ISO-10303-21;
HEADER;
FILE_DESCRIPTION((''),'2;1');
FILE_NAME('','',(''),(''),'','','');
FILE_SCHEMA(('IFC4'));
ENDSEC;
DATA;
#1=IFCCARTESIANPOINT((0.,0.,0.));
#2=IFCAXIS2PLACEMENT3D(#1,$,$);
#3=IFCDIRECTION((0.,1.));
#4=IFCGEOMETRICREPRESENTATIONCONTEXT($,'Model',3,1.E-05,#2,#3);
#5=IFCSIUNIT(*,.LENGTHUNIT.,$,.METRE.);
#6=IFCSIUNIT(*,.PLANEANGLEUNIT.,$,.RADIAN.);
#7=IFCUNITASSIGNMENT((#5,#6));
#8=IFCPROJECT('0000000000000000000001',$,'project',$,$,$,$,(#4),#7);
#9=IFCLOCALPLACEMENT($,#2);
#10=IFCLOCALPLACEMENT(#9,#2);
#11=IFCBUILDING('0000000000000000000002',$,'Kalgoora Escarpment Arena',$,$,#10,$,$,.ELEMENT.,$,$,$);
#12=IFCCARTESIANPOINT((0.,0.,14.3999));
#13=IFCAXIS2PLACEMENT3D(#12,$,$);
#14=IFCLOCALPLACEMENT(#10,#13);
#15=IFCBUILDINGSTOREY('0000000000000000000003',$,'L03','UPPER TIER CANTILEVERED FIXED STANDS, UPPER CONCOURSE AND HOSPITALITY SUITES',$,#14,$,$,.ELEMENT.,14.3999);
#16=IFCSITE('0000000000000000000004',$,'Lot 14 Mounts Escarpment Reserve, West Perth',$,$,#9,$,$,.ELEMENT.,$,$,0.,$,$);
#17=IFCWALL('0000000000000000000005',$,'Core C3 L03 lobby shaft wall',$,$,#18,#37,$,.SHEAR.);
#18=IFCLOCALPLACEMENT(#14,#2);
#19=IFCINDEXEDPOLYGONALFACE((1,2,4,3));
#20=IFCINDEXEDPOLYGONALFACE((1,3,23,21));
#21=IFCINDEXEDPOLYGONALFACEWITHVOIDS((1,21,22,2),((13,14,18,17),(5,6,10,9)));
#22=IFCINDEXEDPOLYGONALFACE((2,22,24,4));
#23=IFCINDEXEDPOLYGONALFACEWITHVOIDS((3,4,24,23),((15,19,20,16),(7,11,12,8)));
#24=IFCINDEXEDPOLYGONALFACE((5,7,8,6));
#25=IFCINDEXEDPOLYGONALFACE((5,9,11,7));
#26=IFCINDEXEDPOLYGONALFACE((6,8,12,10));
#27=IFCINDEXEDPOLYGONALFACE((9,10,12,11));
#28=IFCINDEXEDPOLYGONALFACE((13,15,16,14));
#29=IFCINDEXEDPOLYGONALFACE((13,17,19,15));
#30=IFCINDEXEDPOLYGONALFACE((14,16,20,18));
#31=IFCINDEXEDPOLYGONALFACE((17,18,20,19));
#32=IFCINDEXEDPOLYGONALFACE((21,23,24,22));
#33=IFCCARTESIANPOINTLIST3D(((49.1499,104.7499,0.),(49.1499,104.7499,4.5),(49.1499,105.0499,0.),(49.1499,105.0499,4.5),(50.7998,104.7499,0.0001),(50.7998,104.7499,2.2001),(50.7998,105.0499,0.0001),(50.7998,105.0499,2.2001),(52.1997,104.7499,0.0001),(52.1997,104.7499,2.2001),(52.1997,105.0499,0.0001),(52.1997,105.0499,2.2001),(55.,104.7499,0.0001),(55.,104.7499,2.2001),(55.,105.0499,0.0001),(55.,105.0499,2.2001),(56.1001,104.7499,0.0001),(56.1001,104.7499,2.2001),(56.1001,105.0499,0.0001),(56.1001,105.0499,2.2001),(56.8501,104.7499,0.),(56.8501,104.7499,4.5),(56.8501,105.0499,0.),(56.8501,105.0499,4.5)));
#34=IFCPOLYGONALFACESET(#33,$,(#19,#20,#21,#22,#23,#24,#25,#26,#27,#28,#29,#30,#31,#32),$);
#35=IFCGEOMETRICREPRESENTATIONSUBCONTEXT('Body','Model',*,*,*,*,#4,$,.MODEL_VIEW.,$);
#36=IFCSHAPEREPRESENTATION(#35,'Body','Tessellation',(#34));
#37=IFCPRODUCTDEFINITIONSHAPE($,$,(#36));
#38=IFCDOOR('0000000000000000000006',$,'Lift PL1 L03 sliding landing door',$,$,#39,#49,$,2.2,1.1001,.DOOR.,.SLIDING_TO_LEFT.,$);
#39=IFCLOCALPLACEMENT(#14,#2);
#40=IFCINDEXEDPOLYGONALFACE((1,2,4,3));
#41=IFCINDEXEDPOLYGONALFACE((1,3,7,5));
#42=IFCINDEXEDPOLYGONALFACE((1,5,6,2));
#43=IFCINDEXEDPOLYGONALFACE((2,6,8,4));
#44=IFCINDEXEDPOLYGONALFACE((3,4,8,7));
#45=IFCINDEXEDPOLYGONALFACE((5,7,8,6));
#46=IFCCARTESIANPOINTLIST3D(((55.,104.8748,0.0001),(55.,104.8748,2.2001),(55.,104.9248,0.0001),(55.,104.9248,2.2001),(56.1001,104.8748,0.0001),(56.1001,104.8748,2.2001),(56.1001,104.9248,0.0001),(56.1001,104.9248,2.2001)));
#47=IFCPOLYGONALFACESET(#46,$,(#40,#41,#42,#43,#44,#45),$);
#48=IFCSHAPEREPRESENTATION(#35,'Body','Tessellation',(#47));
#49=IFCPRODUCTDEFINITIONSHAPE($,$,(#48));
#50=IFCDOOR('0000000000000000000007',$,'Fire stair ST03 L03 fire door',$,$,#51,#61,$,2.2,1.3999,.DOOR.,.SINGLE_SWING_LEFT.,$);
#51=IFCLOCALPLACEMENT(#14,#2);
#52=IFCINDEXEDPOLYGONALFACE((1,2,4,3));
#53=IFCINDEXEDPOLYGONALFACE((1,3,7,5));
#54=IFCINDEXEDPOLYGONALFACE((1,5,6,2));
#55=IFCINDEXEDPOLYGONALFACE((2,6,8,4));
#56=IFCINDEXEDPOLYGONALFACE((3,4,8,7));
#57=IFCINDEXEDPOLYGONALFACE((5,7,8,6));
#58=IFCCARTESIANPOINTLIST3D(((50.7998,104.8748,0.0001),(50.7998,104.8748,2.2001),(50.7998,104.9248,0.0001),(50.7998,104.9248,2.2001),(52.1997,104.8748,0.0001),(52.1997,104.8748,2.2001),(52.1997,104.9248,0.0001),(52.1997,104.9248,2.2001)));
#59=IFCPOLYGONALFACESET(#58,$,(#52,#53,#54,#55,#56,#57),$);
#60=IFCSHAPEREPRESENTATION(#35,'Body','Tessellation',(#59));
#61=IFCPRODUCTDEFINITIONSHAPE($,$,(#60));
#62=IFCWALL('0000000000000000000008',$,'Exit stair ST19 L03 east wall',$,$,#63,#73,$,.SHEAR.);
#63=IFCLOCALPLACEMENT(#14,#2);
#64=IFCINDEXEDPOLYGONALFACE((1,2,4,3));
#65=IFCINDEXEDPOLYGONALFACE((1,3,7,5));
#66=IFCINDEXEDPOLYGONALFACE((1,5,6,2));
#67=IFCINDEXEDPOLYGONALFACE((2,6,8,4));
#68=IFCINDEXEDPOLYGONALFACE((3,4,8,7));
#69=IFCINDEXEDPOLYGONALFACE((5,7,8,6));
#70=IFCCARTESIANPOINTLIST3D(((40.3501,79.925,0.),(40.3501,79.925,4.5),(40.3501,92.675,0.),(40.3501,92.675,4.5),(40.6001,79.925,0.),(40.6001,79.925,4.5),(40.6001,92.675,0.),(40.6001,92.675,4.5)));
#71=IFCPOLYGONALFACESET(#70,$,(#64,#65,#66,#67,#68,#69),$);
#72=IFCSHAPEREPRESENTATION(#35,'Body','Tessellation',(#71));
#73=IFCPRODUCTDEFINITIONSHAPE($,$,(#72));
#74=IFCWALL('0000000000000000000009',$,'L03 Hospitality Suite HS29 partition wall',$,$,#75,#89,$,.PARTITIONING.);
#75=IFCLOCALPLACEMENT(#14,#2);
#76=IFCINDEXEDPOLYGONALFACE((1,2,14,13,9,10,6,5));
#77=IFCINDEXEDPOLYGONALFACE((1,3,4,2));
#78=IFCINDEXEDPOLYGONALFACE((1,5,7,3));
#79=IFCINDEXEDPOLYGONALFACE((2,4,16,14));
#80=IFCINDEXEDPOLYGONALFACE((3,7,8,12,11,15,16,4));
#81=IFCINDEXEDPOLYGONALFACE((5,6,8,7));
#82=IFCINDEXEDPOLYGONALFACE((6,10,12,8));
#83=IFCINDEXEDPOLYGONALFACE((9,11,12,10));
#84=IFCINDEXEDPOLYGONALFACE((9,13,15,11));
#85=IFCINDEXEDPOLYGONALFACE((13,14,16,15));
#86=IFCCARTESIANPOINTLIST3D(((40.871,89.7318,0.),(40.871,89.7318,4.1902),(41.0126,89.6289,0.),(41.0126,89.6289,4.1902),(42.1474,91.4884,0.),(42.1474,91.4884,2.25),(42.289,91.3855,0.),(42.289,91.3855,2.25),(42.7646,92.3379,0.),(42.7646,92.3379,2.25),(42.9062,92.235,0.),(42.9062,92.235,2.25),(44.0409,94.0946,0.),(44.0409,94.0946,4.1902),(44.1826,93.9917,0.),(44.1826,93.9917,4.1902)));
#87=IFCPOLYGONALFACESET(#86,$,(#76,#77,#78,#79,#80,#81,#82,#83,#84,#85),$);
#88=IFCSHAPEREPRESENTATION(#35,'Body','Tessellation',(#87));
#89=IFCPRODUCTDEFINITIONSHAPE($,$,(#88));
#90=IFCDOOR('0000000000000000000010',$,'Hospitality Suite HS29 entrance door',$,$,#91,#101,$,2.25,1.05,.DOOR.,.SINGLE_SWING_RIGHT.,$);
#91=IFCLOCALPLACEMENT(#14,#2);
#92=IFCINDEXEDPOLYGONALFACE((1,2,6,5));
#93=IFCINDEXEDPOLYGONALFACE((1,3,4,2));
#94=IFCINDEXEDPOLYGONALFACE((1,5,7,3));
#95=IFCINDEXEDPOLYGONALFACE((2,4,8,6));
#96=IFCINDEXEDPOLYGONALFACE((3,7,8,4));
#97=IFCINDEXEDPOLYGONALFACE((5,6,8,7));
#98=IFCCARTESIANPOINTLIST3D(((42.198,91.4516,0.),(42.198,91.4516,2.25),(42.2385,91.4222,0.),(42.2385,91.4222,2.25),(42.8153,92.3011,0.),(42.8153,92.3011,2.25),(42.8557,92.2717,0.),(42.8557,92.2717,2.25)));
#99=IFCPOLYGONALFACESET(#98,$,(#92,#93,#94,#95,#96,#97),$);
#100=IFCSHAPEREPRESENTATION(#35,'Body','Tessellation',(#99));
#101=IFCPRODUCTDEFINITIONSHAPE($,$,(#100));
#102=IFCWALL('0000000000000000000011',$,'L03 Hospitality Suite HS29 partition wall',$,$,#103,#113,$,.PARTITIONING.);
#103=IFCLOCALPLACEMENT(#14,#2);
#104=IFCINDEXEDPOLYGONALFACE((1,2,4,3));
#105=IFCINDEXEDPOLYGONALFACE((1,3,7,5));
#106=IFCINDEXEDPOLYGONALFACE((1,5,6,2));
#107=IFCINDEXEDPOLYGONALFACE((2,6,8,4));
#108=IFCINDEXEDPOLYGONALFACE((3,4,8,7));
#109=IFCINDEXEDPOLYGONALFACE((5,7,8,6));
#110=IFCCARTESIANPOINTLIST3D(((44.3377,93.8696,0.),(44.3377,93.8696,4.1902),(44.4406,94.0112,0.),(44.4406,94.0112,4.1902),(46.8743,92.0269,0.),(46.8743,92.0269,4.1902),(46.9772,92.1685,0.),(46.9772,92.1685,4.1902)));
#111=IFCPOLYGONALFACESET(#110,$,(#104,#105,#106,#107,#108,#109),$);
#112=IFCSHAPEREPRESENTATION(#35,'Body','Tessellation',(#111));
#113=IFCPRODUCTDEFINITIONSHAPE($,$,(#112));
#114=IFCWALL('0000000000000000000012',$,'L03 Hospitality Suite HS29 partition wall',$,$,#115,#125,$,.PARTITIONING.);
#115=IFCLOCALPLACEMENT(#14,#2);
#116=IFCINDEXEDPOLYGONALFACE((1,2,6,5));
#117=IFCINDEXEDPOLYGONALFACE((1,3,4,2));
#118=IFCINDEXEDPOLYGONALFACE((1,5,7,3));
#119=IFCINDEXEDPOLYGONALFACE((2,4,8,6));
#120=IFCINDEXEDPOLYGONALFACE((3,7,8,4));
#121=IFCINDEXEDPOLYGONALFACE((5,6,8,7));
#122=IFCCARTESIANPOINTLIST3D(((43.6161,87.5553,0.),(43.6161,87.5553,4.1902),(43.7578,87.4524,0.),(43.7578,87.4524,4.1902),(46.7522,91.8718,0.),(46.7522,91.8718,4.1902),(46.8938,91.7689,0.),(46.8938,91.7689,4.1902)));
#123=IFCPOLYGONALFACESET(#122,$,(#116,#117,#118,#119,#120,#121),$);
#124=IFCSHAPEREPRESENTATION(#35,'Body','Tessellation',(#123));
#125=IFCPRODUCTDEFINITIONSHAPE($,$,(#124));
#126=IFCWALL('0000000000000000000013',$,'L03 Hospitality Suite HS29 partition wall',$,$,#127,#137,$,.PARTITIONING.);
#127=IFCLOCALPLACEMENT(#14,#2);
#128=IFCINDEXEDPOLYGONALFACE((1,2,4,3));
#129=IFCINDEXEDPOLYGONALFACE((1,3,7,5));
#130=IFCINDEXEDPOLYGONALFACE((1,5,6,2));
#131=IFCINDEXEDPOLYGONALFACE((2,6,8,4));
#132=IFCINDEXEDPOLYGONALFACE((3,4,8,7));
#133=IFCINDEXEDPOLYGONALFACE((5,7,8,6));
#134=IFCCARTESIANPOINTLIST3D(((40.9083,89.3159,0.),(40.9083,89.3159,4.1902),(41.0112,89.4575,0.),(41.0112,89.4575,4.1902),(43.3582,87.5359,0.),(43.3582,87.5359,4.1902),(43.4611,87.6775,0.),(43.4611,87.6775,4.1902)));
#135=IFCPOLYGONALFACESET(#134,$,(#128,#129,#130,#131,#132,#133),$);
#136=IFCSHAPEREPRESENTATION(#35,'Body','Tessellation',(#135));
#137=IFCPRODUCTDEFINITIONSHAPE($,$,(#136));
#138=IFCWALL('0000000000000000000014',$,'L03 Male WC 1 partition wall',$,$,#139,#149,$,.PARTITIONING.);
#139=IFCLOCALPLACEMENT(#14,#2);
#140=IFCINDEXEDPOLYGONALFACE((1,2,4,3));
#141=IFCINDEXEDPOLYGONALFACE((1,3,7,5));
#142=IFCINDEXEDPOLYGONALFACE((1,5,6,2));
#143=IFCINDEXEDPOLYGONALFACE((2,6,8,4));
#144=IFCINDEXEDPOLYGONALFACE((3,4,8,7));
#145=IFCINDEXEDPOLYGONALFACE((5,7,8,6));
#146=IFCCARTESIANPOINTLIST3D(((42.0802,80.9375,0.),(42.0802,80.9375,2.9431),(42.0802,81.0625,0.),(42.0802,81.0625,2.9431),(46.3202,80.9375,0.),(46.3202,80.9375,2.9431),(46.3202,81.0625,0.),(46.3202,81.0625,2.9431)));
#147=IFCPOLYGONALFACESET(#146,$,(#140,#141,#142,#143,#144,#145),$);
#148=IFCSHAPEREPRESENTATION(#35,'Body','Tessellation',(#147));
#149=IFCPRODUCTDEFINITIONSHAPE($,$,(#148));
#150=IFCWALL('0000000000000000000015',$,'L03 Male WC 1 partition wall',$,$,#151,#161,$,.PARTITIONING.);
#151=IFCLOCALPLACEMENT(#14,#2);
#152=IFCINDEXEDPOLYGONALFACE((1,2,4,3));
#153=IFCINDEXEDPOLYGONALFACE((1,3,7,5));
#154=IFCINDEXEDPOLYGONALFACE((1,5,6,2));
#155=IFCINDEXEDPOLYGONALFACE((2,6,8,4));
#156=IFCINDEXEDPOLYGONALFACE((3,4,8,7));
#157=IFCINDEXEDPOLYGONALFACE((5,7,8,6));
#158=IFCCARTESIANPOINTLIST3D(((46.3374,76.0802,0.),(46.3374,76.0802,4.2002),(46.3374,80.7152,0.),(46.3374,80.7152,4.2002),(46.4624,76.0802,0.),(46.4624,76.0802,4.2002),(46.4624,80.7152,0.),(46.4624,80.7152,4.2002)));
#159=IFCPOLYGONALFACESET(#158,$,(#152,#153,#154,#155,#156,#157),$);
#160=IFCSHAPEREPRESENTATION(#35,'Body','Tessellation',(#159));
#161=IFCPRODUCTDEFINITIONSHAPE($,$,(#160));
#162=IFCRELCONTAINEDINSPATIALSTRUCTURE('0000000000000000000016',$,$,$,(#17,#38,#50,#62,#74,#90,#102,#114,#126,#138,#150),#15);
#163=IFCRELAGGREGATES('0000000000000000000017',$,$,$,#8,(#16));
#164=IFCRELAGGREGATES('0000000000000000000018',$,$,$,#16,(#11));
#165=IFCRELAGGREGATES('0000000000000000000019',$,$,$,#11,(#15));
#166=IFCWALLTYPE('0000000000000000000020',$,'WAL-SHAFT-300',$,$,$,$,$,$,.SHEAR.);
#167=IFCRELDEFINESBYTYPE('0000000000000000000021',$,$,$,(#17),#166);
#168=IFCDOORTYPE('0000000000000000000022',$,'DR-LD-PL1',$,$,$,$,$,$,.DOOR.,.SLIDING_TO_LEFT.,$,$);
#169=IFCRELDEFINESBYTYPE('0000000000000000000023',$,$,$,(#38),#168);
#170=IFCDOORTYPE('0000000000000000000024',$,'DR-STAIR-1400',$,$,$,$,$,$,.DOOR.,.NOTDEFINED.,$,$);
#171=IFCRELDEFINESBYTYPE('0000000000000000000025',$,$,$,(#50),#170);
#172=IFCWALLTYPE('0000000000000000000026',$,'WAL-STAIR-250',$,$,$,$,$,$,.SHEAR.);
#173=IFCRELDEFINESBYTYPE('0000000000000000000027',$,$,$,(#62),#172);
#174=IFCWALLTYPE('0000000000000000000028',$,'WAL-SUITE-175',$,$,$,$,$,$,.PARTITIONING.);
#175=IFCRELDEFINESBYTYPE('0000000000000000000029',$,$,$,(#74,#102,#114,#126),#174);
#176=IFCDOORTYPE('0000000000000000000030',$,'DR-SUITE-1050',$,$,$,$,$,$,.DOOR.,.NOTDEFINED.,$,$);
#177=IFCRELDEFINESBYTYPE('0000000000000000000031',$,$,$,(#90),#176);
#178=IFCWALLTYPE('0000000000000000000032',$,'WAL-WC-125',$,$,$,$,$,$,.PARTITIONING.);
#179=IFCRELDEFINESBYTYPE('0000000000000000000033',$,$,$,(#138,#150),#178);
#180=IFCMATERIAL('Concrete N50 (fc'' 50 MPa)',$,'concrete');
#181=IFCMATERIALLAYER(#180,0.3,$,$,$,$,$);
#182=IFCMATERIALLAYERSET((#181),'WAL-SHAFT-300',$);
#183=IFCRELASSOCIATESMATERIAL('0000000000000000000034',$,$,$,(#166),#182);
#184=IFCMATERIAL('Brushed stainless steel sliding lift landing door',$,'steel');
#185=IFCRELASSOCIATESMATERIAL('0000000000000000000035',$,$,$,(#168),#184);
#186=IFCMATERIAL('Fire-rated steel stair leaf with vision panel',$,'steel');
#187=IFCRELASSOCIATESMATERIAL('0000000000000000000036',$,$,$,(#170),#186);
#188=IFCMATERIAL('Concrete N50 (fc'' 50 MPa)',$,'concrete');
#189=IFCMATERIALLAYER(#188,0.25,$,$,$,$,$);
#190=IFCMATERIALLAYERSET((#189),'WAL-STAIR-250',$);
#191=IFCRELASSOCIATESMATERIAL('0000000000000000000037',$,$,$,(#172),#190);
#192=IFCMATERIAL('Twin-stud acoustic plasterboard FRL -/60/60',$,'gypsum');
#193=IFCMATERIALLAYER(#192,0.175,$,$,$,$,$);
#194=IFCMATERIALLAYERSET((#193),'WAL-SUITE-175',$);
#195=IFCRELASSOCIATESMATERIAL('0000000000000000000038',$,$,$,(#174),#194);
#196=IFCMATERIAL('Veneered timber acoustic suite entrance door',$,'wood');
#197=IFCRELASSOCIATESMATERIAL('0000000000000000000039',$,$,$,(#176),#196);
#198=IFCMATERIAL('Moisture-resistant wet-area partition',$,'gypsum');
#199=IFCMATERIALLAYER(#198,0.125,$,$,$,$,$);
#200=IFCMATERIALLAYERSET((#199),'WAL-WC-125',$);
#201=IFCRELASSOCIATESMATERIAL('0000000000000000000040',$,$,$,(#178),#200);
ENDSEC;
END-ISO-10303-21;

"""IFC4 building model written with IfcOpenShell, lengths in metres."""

from ifc_helpers import new_model, si_unit, direction, frame, frame_2d, origin, place, context, subcontext, project, spatial, rectangle, extrude, material, layer, layer_set, type_object, element, fill, save


model = new_model("IFC4")

# Units and contexts
model_context = context("Model", 3, precision=1e-05, world=origin(), true_north=direction((0.0, 1.0)))
body_context = subcontext(model_context, "Body", "Model", "MODEL_VIEW")
ifc_project = project(units=[si_unit("LENGTHUNIT", "METRE"), si_unit("PLANEANGLEUNIT", "RADIAN")], contexts=[model_context])

# Site, building, storey
site_placement = place(None, origin())
site = spatial("IfcSite", under=ifc_project, at=site_placement, Name="Lot 14 Mounts Escarpment Reserve, West Perth", CompositionType="ELEMENT", RefElevation=0.0)
building_placement = place(site_placement, origin())
building = spatial("IfcBuilding", under=site, at=building_placement, Name="Kalgoora Escarpment Arena", CompositionType="ELEMENT")
storey_placement = place(building_placement, frame((0.0, 0.0, 14.3999)))
storey = spatial("IfcBuildingStorey", under=building, at=storey_placement, Name="L03", Description="UPPER TIER CANTILEVERED FIXED STANDS, UPPER CONCOURSE AND HOSPITALITY SUITES", CompositionType="ELEMENT", Elevation=14.3999)

# Wall, openings, doors
ifc_material_1 = material(Name="Concrete N50 (fc' 50 MPa)", Category="concrete")
ifc_layer_1 = layer(ifc_material_1, 0.3)
ifc_layer_set_1 = layer_set([ifc_layer_1], Name="WAL-SHAFT-300")
wall_type_1 = type_object("IfcWallType", Name="WAL-SHAFT-300", PredefinedType="SHEAR", material=ifc_layer_set_1)
wall_1_placement = place(storey_placement, frame((49.1499, 104.8999, 0.0), z_axis=(0.0, 0.0, 1.0), x_axis=(1.0, 0.0, 0.0)))
wall_1 = element("IfcWall", 1, at=wall_1_placement, inside=storey, type_object=wall_type_1, Name="Core C3 L03 lobby shaft wall", PredefinedType="SHEAR", context=body_context, shape_type="SweptSolid", body=[
    extrude(rectangle(XDim=7.7002, YDim=0.3, at=frame_2d((3.8501, 0.0))), origin(), (0.0, 0.0, 1.0), 4.5),
])
opening_1_placement = place(wall_1_placement, frame((1.6499, 0.0, 0.0)))
opening_1 = element("IfcOpeningElement", 2, at=opening_1_placement, cuts=wall_1, PredefinedType="OPENING", context=body_context, shape_type="SweptSolid", body=[
    extrude(rectangle(XDim=1.3999, YDim=2.2, at=frame_2d((0.7, 1.1001))), frame((0.0, 0.1599, 0.0), z_axis=(0.0, -1.0, 0.0), x_axis=(1.0, 0.0, 0.0)), (0.0, 0.0, 1.0), 0.3201),
])
opening_2_placement = place(wall_1_placement, frame((5.8501, 0.0, 0.0)))
opening_2 = element("IfcOpeningElement", 3, at=opening_2_placement, cuts=wall_1, PredefinedType="OPENING", context=body_context, shape_type="SweptSolid", body=[
    extrude(rectangle(XDim=1.1001, YDim=2.2, at=frame_2d((0.55, 1.1001))), frame((0.0, 0.1599, 0.0), z_axis=(0.0, -1.0, 0.0), x_axis=(1.0, 0.0, 0.0)), (0.0, 0.0, 1.0), 0.3201),
])
ifc_material_2 = material(Name="Brushed stainless steel sliding lift landing door", Category="steel")
door_type_1 = type_object("IfcDoorType", Name="DR-LD-PL1", OperationType="SLIDING_TO_LEFT", PredefinedType="DOOR", material=ifc_material_2)
door_1_placement = place(opening_2_placement, origin())
door_1 = element("IfcDoor", 4, at=door_1_placement, inside=storey, type_object=door_type_1, Name="Lift PL1 L03 sliding landing door", OperationType="SLIDING_TO_LEFT", OverallHeight=2.2, OverallWidth=1.1001, PredefinedType="DOOR", context=body_context, shape_type="SweptSolid", body=[
    extrude(rectangle(XDim=1.1001, YDim=2.2, at=frame_2d((0.55, 1.1001))), frame((0.0, 0.0249, 0.0), z_axis=(0.0, -1.0, 0.0), x_axis=(1.0, 0.0, 0.0)), (0.0, 0.0, 1.0), 0.05),
])
fill(opening_2, door_1)
ifc_material_3 = material(Name="Fire-rated steel stair leaf with vision panel", Category="steel")
door_type_2 = type_object("IfcDoorType", Name="DR-STAIR-1400", OperationType="NOTDEFINED", PredefinedType="DOOR", material=ifc_material_3)
door_2_placement = place(opening_1_placement, origin())
door_2 = element("IfcDoor", 5, at=door_2_placement, inside=storey, type_object=door_type_2, Name="Fire stair ST03 L03 fire door", OperationType="SINGLE_SWING_LEFT", OverallHeight=2.2, OverallWidth=1.3999, PredefinedType="DOOR", context=body_context, shape_type="SweptSolid", body=[
    extrude(rectangle(XDim=1.3999, YDim=2.2, at=frame_2d((0.7, 1.1001))), frame((0.0, 0.0249, 0.0), z_axis=(0.0, -1.0, 0.0), x_axis=(1.0, 0.0, 0.0)), (0.0, 0.0, 1.0), 0.05),
])
fill(opening_1, door_2)

# Wall
ifc_material_4 = material(Name="Concrete N50 (fc' 50 MPa)", Category="concrete")
ifc_layer_2 = layer(ifc_material_4, 0.25)
ifc_layer_set_2 = layer_set([ifc_layer_2], Name="WAL-STAIR-250")
wall_type_2 = type_object("IfcWallType", Name="WAL-STAIR-250", PredefinedType="SHEAR", material=ifc_layer_set_2)
wall_2_placement = place(storey_placement, frame((40.4751, 79.925, 0.0), z_axis=(0.0, 0.0, 1.0), x_axis=(0.0, 1.0, 0.0)))
element("IfcWall", 6, at=wall_2_placement, inside=storey, type_object=wall_type_2, Name="Exit stair ST19 L03 east wall", PredefinedType="SHEAR", context=body_context, shape_type="SweptSolid", body=[
    extrude(rectangle(XDim=12.75, YDim=0.25, at=frame_2d((6.375, 0.0))), origin(), (0.0, 0.0, 1.0), 4.5),
])

# Wall, opening, door
ifc_material_5 = material(Name="Twin-stud acoustic plasterboard FRL -/60/60", Category="gypsum")
ifc_layer_3 = layer(ifc_material_5, 0.175)
ifc_layer_set_3 = layer_set([ifc_layer_3], Name="WAL-SUITE-175")
wall_type_3 = type_object("IfcWallType", Name="WAL-SUITE-175", PredefinedType="PARTITIONING", material=ifc_layer_set_3)
wall_3_placement = place(storey_placement, frame((40.9419, 89.6804, 0.0), z_axis=(0.0, 0.0, 1.0), x_axis=(0.587806, 0.809002, 0.0)))
wall_3 = element("IfcWall", 7, at=wall_3_placement, inside=storey, type_object=wall_type_3, Name="L03 Hospitality Suite HS29 partition wall", PredefinedType="PARTITIONING", context=body_context, shape_type="SweptSolid", body=[
    extrude(rectangle(XDim=5.3928, YDim=0.175, at=frame_2d((2.6963, 0.0))), origin(), (0.0, 0.0, 1.0), 4.1902),
])
opening_3_placement = place(wall_3_placement, frame((2.1714, 0.0, 0.0)))
opening_3 = element("IfcOpeningElement", 8, at=opening_3_placement, cuts=wall_3, PredefinedType="OPENING", context=body_context, shape_type="SweptSolid", body=[
    extrude(rectangle(XDim=1.05, YDim=2.25, at=frame_2d((0.5249, 1.125))), frame((0.0, 0.0974, 0.0), z_axis=(0.0, -1.0, 0.0), x_axis=(1.0, 0.0, 0.0)), (0.0, 0.0, 1.0), 0.1951),
])
ifc_material_6 = material(Name="Veneered timber acoustic suite entrance door", Category="wood")
door_type_3 = type_object("IfcDoorType", Name="DR-SUITE-1050", OperationType="NOTDEFINED", PredefinedType="DOOR", material=ifc_material_6)
door_3_placement = place(opening_3_placement, origin())
door_3 = element("IfcDoor", 9, at=door_3_placement, inside=storey, type_object=door_type_3, Name="Hospitality Suite HS29 entrance door", OperationType="SINGLE_SWING_RIGHT", OverallHeight=2.25, OverallWidth=1.05, PredefinedType="DOOR", context=body_context, shape_type="SweptSolid", body=[
    extrude(rectangle(XDim=1.05, YDim=2.25, at=frame_2d((0.5249, 1.125))), frame((0.0, 0.0249, 0.0), z_axis=(0.0, -1.0, 0.0), x_axis=(1.0, 0.0, 0.0)), (0.0, 0.0, 1.0), 0.05),
])
fill(opening_3, door_3)

# Walls
wall_4_placement = place(storey_placement, frame((44.3892, 93.9404, 0.0), z_axis=(0.0, 0.0, 1.0), x_axis=(0.809046, -0.587746, 0.0)))
element("IfcWall", 10, at=wall_4_placement, inside=storey, type_object=wall_type_3, Name="L03 Hospitality Suite HS29 partition wall", PredefinedType="PARTITIONING", context=body_context, shape_type="SweptSolid", body=[
    extrude(rectangle(XDim=3.1353, YDim=0.175, at=frame_2d((1.5676, 0.0))), origin(), (0.0, 0.0, 1.0), 4.1902),
])
wall_5_placement = place(storey_placement, frame((46.823, 91.8203, 0.0), z_axis=(0.0, 0.0, 1.0), x_axis=(-0.587777, -0.809023, 0.0)))
element("IfcWall", 11, at=wall_5_placement, inside=storey, type_object=wall_type_3, Name="L03 Hospitality Suite HS29 partition wall", PredefinedType="PARTITIONING", context=body_context, shape_type="SweptSolid", body=[
    extrude(rectangle(XDim=5.3354, YDim=0.175, at=frame_2d((2.6677, 0.0))), origin(), (0.0, 0.0, 1.0), 4.1902),
])
wall_6_placement = place(storey_placement, frame((43.4097, 87.6067, 0.0), z_axis=(0.0, 0.0, 1.0), x_axis=(-0.809011, 0.587793, 0.0)))
element("IfcWall", 12, at=wall_6_placement, inside=storey, type_object=wall_type_3, Name="L03 Hospitality Suite HS29 partition wall", PredefinedType="PARTITIONING", context=body_context, shape_type="SweptSolid", body=[
    extrude(rectangle(XDim=3.0283, YDim=0.175, at=frame_2d((1.5142, 0.0))), origin(), (0.0, 0.0, 1.0), 4.1902),
])
ifc_material_7 = material(Name="Moisture-resistant wet-area partition", Category="gypsum")
ifc_layer_4 = layer(ifc_material_7, 0.125)
ifc_layer_set_4 = layer_set([ifc_layer_4], Name="WAL-WC-125")
wall_type_4 = type_object("IfcWallType", Name="WAL-WC-125", PredefinedType="PARTITIONING", material=ifc_layer_set_4)
wall_7_placement = place(storey_placement, frame((42.0801, 81.0, 0.0), z_axis=(0.0, 0.0, 1.0), x_axis=(1.0, 0.0, 0.0)))
element("IfcWall", 13, at=wall_7_placement, inside=storey, type_object=wall_type_4, Name="L03 Male WC 1 partition wall", PredefinedType="PARTITIONING", context=body_context, shape_type="SweptSolid", body=[
    extrude(rectangle(XDim=4.24, YDim=0.125, at=frame_2d((2.1201, 0.0))), origin(), (0.0, 0.0, 1.0), 2.9431),
])
wall_8_placement = place(storey_placement, frame((46.3999, 80.7151, 0.0), z_axis=(0.0, 0.0, 1.0), x_axis=(0.0, -1.0, 0.0)))
element("IfcWall", 14, at=wall_8_placement, inside=storey, type_object=wall_type_4, Name="L03 Male WC 1 partition wall", PredefinedType="PARTITIONING", context=body_context, shape_type="SweptSolid", body=[
    extrude(rectangle(XDim=4.635, YDim=0.125, at=frame_2d((2.3174, 0.0))), origin(), (0.0, 0.0, 1.0), 4.2002),
])

save(model, "model.ifc")
